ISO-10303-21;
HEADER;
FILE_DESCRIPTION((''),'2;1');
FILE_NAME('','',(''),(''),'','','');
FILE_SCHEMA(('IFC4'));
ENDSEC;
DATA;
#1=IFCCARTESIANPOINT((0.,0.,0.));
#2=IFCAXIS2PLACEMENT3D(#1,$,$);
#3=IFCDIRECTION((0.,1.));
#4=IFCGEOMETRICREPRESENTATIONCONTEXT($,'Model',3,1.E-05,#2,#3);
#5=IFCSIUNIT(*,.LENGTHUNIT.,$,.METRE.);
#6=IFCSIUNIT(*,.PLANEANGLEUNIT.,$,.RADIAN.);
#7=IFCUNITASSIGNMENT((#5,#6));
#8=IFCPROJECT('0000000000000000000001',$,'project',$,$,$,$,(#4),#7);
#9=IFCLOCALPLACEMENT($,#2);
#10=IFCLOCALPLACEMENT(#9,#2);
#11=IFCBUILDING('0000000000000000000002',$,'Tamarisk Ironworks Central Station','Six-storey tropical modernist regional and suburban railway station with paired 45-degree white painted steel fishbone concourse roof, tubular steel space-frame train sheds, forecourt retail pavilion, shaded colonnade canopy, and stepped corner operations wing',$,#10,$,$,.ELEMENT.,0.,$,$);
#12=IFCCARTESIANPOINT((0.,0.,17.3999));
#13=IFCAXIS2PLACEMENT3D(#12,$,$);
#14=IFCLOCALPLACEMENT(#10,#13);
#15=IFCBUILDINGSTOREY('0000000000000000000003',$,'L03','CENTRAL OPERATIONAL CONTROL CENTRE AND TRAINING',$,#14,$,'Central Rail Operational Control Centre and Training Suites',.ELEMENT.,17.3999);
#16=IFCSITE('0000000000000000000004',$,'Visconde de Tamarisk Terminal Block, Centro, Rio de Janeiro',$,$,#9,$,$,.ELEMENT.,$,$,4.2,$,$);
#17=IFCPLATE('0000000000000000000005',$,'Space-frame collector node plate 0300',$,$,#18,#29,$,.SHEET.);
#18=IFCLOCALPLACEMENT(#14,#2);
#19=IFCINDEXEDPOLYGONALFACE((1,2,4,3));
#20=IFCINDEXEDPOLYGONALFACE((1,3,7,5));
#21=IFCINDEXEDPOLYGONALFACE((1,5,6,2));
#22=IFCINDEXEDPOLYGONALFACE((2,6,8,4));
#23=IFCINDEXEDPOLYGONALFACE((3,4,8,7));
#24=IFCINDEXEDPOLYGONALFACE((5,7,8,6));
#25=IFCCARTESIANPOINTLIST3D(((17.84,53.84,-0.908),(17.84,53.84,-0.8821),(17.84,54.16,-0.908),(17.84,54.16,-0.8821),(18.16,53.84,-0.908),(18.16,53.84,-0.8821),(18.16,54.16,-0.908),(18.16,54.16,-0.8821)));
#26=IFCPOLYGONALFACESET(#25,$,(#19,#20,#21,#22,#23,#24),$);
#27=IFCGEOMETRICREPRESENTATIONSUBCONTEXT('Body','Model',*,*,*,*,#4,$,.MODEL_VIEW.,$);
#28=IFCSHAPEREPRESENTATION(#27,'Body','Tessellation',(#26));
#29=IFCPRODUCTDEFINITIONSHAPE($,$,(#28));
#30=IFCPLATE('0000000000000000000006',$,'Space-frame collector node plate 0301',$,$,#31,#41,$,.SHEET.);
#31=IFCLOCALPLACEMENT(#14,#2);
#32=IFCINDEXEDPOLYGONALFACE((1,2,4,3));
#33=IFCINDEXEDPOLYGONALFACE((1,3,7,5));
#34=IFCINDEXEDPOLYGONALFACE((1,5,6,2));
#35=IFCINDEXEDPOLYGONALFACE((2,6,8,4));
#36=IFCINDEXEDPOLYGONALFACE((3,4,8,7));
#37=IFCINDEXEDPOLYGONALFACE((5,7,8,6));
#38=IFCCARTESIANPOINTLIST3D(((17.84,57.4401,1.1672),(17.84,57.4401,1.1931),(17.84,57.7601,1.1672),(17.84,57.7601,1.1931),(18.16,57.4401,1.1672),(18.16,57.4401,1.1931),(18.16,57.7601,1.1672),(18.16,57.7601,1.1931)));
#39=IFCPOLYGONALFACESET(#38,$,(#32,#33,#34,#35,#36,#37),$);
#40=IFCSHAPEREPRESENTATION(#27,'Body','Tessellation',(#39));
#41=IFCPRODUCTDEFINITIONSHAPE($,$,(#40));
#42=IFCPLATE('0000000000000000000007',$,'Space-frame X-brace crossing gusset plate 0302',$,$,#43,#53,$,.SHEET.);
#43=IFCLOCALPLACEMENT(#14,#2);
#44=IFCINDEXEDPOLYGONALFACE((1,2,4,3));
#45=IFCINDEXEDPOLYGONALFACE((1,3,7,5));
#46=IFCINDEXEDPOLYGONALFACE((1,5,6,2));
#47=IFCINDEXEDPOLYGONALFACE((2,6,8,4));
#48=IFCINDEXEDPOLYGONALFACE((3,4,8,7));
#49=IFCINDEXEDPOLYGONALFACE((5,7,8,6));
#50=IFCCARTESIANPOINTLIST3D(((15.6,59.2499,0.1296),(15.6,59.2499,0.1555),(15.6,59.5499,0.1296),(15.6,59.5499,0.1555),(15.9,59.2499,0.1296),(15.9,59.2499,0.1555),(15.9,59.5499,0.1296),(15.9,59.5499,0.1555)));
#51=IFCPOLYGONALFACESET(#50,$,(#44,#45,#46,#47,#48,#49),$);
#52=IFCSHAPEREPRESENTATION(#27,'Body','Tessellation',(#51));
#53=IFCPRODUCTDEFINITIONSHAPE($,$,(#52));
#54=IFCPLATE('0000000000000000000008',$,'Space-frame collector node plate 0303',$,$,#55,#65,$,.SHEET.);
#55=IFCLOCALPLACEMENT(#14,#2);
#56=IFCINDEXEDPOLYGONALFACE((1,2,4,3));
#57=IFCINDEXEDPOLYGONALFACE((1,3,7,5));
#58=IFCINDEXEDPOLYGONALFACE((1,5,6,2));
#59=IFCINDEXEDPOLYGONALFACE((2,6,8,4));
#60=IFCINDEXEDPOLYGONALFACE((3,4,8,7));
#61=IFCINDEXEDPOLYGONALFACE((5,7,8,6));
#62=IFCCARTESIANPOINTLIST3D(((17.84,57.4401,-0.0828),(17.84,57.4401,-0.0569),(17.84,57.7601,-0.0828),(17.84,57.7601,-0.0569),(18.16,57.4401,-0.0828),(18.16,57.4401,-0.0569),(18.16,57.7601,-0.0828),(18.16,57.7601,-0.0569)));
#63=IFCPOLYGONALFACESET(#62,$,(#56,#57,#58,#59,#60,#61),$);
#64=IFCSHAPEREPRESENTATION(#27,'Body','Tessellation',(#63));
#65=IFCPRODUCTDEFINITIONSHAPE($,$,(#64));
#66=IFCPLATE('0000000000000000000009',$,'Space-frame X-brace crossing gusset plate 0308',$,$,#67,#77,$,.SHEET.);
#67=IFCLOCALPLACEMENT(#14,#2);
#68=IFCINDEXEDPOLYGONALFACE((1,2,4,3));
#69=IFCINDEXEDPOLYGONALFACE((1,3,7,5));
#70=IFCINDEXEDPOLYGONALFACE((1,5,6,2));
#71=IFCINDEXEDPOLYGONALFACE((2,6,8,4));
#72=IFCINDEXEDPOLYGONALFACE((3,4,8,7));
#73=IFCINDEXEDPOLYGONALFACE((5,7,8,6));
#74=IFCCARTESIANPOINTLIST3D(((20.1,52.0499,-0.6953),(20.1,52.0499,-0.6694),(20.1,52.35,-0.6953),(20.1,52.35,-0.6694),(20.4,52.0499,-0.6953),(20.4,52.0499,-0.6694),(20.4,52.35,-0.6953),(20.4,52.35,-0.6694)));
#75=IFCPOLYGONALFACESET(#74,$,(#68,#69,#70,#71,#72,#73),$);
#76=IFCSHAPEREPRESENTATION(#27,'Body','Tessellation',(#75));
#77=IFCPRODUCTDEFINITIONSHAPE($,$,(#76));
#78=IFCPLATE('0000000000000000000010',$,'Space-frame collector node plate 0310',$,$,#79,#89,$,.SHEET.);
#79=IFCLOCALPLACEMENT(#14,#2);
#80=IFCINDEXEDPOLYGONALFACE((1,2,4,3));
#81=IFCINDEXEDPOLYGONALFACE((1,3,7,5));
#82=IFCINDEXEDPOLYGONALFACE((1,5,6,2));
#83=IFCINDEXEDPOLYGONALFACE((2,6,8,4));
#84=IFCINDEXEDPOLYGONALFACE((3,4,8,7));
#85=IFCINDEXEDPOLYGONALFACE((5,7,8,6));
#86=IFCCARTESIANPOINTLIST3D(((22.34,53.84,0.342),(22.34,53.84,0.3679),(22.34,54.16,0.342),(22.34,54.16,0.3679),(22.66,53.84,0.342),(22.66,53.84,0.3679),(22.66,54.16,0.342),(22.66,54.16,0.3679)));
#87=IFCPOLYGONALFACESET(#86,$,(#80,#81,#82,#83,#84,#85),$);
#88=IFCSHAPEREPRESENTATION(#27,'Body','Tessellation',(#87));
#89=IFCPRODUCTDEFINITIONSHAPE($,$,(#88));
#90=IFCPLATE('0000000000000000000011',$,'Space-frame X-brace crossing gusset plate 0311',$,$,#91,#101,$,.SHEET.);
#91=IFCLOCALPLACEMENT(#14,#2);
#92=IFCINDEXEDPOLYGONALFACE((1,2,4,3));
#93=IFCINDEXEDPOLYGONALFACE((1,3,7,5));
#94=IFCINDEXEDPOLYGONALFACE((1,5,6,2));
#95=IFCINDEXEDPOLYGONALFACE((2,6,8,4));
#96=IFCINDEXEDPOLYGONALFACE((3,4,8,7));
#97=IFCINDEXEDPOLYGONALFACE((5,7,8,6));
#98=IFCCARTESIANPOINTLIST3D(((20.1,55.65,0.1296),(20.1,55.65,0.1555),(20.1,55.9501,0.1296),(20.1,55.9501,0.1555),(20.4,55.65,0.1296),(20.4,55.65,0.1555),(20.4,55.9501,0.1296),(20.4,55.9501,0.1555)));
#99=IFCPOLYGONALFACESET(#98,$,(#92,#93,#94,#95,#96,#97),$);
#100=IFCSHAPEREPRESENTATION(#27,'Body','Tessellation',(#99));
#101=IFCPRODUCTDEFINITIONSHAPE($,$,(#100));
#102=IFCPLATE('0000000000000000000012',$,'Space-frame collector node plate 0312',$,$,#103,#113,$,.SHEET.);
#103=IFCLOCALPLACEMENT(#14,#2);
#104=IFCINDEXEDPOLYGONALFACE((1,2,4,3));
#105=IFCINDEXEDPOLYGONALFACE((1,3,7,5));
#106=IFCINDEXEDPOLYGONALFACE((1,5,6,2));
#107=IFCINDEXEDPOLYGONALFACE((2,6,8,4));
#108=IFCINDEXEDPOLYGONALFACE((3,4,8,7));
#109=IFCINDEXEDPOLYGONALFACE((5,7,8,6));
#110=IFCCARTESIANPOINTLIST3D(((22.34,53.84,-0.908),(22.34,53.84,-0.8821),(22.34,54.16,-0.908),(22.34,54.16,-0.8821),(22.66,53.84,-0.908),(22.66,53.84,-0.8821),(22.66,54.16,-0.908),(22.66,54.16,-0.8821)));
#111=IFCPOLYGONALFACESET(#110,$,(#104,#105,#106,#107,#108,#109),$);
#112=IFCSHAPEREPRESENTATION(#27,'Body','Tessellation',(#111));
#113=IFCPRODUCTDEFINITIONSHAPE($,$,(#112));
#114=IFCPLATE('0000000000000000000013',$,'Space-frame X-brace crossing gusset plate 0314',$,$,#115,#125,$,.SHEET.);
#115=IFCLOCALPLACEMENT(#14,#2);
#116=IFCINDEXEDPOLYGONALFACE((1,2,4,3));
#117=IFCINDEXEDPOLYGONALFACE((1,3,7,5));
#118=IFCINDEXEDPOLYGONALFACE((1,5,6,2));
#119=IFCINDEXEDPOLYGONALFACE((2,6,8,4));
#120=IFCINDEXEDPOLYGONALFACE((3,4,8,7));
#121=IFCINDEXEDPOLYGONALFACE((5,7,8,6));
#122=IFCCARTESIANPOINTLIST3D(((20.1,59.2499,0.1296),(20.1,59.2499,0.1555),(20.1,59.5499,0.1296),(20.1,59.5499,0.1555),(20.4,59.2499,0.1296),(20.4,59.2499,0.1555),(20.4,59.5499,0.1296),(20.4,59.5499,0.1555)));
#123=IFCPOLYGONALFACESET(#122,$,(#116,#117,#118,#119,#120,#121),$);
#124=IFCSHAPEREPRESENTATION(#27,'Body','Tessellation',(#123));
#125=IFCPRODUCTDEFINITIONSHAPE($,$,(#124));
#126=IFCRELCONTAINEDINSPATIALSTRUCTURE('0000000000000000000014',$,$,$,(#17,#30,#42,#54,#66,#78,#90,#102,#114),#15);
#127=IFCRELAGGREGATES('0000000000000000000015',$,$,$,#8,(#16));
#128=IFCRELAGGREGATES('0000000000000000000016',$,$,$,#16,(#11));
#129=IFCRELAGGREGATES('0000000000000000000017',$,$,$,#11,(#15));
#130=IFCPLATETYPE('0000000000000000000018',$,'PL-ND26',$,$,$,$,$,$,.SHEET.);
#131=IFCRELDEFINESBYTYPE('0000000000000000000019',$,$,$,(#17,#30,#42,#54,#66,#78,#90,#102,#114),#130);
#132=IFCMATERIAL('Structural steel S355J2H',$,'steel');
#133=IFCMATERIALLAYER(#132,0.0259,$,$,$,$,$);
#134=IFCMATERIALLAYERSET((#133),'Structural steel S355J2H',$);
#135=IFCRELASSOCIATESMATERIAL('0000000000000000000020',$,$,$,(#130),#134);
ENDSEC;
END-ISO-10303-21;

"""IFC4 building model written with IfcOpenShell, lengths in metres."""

from ifc_helpers import new_model, si_unit, direction, frame, origin, origin_2d, place, context, subcontext, project, spatial, rectangle, extrude, material, layer, layer_set, type_object, element, save


model = new_model("IFC4")

# Units and contexts
model_context = context("Model", 3, precision=1e-05, world=origin(), true_north=direction((0.0, 1.0)))
body_context = subcontext(model_context, "Body", "Model", "MODEL_VIEW")
ifc_project = project(units=[si_unit("LENGTHUNIT", "METRE"), si_unit("PLANEANGLEUNIT", "RADIAN")], contexts=[model_context])

# Site, building, storey
site_placement = place(None, origin())
site = spatial("IfcSite", under=ifc_project, at=site_placement, Name="Visconde de Tamarisk Terminal Block, Centro, Rio de Janeiro", CompositionType="ELEMENT", RefElevation=4.2)
building_placement = place(site_placement, origin())
building = spatial("IfcBuilding", under=site, at=building_placement, Name="Tamarisk Ironworks Central Station", Description="Six-storey tropical modernist regional and suburban railway station with paired 45-degree white painted steel fishbone concourse roof, tubular steel space-frame train sheds, forecourt retail pavilion, shaded colonnade canopy, and stepped corner operations wing", CompositionType="ELEMENT", ElevationOfRefHeight=0.0)
storey_placement = place(building_placement, frame((0.0, 0.0, 17.3999)))
storey = spatial("IfcBuildingStorey", under=building, at=storey_placement, Name="L03", Description="CENTRAL OPERATIONAL CONTROL CENTRE AND TRAINING", LongName="Central Rail Operational Control Centre and Training Suites", CompositionType="ELEMENT", Elevation=17.3999)

# Shared definitions
ifc_material_1 = material(Name="Structural steel S355J2H", Category="steel")

# Plates
ifc_layer = layer(ifc_material_1, 0.0259)
ifc_layer_set = layer_set([ifc_layer], Name="Structural steel S355J2H")
plate_type = type_object("IfcPlateType", Name="PL-ND26", PredefinedType="SHEET", material=ifc_layer_set)
for number, where, z_axis, x_axis, name in (
    (1, (18.0, 54.0, -0.908), (0.0, 0.0, 1.0), (1.0, 0.0, 0.0), "Space-frame collector node plate 0300"),
    (2, (18.0, 57.6001, 1.1672), (0.0, 0.0, 1.0), (1.0, 0.0, 0.0), "Space-frame collector node plate 0301"),
):
    element("IfcPlate", number, at=place(storey_placement, frame(where, z_axis=z_axis, x_axis=x_axis)), inside=storey, type_object=plate_type, Name=name, PredefinedType="SHEET", context=body_context, shape_type="SweptSolid", body=[
        extrude(rectangle(XDim=0.3201, YDim=0.3201, at=origin_2d()), origin(), (0.0, 0.0, 1.0), 0.0259),
    ])
plate_1_placement = place(storey_placement, frame((15.75, 59.3999, 0.1296), z_axis=(0.0, 0.0, 1.0), x_axis=(1.0, 0.0, 0.0)))
element("IfcPlate", 3, at=plate_1_placement, inside=storey, type_object=plate_type, Name="Space-frame X-brace crossing gusset plate 0302", PredefinedType="SHEET", context=body_context, shape_type="SweptSolid", body=[
    extrude(rectangle(XDim=0.3, YDim=0.3, at=origin_2d()), origin(), (0.0, 0.0, 1.0), 0.0259),
])
plate_2_placement = place(storey_placement, frame((18.0, 57.6001, -0.0828), z_axis=(0.0, 0.0, 1.0), x_axis=(1.0, 0.0, 0.0)))
element("IfcPlate", 4, at=plate_2_placement, inside=storey, type_object=plate_type, Name="Space-frame collector node plate 0303", PredefinedType="SHEET", context=body_context, shape_type="SweptSolid", body=[
    extrude(rectangle(XDim=0.3201, YDim=0.3201, at=origin_2d()), origin(), (0.0, 0.0, 1.0), 0.0259),
])
plate_3_placement = place(storey_placement, frame((20.25, 52.2, -0.6953), z_axis=(0.0, 0.0, 1.0), x_axis=(1.0, 0.0, 0.0)))
element("IfcPlate", 5, at=plate_3_placement, inside=storey, type_object=plate_type, Name="Space-frame X-brace crossing gusset plate 0308", PredefinedType="SHEET", context=body_context, shape_type="SweptSolid", body=[
    extrude(rectangle(XDim=0.3, YDim=0.3, at=origin_2d()), origin(), (0.0, 0.0, 1.0), 0.0259),
])
plate_4_placement = place(storey_placement, frame((22.5, 54.0, 0.342), z_axis=(0.0, 0.0, 1.0), x_axis=(1.0, 0.0, 0.0)))
element("IfcPlate", 6, at=plate_4_placement, inside=storey, type_object=plate_type, Name="Space-frame collector node plate 0310", PredefinedType="SHEET", context=body_context, shape_type="SweptSolid", body=[
    extrude(rectangle(XDim=0.3201, YDim=0.3201, at=origin_2d()), origin(), (0.0, 0.0, 1.0), 0.0259),
])
plate_5_placement = place(storey_placement, frame((20.25, 55.8, 0.1296), z_axis=(0.0, 0.0, 1.0), x_axis=(1.0, 0.0, 0.0)))
element("IfcPlate", 7, at=plate_5_placement, inside=storey, type_object=plate_type, Name="Space-frame X-brace crossing gusset plate 0311", PredefinedType="SHEET", context=body_context, shape_type="SweptSolid", body=[
    extrude(rectangle(XDim=0.3, YDim=0.3, at=origin_2d()), origin(), (0.0, 0.0, 1.0), 0.0259),
])
plate_6_placement = place(storey_placement, frame((22.5, 54.0, -0.908), z_axis=(0.0, 0.0, 1.0), x_axis=(1.0, 0.0, 0.0)))
element("IfcPlate", 8, at=plate_6_placement, inside=storey, type_object=plate_type, Name="Space-frame collector node plate 0312", PredefinedType="SHEET", context=body_context, shape_type="SweptSolid", body=[
    extrude(rectangle(XDim=0.3201, YDim=0.3201, at=origin_2d()), origin(), (0.0, 0.0, 1.0), 0.0259),
])
plate_7_placement = place(storey_placement, frame((20.25, 59.3999, 0.1296), z_axis=(0.0, 0.0, 1.0), x_axis=(1.0, 0.0, 0.0)))
element("IfcPlate", 9, at=plate_7_placement, inside=storey, type_object=plate_type, Name="Space-frame X-brace crossing gusset plate 0314", PredefinedType="SHEET", context=body_context, shape_type="SweptSolid", body=[
    extrude(rectangle(XDim=0.3, YDim=0.3, at=origin_2d()), origin(), (0.0, 0.0, 1.0), 0.0259),
])

save(model, "model.ifc")
